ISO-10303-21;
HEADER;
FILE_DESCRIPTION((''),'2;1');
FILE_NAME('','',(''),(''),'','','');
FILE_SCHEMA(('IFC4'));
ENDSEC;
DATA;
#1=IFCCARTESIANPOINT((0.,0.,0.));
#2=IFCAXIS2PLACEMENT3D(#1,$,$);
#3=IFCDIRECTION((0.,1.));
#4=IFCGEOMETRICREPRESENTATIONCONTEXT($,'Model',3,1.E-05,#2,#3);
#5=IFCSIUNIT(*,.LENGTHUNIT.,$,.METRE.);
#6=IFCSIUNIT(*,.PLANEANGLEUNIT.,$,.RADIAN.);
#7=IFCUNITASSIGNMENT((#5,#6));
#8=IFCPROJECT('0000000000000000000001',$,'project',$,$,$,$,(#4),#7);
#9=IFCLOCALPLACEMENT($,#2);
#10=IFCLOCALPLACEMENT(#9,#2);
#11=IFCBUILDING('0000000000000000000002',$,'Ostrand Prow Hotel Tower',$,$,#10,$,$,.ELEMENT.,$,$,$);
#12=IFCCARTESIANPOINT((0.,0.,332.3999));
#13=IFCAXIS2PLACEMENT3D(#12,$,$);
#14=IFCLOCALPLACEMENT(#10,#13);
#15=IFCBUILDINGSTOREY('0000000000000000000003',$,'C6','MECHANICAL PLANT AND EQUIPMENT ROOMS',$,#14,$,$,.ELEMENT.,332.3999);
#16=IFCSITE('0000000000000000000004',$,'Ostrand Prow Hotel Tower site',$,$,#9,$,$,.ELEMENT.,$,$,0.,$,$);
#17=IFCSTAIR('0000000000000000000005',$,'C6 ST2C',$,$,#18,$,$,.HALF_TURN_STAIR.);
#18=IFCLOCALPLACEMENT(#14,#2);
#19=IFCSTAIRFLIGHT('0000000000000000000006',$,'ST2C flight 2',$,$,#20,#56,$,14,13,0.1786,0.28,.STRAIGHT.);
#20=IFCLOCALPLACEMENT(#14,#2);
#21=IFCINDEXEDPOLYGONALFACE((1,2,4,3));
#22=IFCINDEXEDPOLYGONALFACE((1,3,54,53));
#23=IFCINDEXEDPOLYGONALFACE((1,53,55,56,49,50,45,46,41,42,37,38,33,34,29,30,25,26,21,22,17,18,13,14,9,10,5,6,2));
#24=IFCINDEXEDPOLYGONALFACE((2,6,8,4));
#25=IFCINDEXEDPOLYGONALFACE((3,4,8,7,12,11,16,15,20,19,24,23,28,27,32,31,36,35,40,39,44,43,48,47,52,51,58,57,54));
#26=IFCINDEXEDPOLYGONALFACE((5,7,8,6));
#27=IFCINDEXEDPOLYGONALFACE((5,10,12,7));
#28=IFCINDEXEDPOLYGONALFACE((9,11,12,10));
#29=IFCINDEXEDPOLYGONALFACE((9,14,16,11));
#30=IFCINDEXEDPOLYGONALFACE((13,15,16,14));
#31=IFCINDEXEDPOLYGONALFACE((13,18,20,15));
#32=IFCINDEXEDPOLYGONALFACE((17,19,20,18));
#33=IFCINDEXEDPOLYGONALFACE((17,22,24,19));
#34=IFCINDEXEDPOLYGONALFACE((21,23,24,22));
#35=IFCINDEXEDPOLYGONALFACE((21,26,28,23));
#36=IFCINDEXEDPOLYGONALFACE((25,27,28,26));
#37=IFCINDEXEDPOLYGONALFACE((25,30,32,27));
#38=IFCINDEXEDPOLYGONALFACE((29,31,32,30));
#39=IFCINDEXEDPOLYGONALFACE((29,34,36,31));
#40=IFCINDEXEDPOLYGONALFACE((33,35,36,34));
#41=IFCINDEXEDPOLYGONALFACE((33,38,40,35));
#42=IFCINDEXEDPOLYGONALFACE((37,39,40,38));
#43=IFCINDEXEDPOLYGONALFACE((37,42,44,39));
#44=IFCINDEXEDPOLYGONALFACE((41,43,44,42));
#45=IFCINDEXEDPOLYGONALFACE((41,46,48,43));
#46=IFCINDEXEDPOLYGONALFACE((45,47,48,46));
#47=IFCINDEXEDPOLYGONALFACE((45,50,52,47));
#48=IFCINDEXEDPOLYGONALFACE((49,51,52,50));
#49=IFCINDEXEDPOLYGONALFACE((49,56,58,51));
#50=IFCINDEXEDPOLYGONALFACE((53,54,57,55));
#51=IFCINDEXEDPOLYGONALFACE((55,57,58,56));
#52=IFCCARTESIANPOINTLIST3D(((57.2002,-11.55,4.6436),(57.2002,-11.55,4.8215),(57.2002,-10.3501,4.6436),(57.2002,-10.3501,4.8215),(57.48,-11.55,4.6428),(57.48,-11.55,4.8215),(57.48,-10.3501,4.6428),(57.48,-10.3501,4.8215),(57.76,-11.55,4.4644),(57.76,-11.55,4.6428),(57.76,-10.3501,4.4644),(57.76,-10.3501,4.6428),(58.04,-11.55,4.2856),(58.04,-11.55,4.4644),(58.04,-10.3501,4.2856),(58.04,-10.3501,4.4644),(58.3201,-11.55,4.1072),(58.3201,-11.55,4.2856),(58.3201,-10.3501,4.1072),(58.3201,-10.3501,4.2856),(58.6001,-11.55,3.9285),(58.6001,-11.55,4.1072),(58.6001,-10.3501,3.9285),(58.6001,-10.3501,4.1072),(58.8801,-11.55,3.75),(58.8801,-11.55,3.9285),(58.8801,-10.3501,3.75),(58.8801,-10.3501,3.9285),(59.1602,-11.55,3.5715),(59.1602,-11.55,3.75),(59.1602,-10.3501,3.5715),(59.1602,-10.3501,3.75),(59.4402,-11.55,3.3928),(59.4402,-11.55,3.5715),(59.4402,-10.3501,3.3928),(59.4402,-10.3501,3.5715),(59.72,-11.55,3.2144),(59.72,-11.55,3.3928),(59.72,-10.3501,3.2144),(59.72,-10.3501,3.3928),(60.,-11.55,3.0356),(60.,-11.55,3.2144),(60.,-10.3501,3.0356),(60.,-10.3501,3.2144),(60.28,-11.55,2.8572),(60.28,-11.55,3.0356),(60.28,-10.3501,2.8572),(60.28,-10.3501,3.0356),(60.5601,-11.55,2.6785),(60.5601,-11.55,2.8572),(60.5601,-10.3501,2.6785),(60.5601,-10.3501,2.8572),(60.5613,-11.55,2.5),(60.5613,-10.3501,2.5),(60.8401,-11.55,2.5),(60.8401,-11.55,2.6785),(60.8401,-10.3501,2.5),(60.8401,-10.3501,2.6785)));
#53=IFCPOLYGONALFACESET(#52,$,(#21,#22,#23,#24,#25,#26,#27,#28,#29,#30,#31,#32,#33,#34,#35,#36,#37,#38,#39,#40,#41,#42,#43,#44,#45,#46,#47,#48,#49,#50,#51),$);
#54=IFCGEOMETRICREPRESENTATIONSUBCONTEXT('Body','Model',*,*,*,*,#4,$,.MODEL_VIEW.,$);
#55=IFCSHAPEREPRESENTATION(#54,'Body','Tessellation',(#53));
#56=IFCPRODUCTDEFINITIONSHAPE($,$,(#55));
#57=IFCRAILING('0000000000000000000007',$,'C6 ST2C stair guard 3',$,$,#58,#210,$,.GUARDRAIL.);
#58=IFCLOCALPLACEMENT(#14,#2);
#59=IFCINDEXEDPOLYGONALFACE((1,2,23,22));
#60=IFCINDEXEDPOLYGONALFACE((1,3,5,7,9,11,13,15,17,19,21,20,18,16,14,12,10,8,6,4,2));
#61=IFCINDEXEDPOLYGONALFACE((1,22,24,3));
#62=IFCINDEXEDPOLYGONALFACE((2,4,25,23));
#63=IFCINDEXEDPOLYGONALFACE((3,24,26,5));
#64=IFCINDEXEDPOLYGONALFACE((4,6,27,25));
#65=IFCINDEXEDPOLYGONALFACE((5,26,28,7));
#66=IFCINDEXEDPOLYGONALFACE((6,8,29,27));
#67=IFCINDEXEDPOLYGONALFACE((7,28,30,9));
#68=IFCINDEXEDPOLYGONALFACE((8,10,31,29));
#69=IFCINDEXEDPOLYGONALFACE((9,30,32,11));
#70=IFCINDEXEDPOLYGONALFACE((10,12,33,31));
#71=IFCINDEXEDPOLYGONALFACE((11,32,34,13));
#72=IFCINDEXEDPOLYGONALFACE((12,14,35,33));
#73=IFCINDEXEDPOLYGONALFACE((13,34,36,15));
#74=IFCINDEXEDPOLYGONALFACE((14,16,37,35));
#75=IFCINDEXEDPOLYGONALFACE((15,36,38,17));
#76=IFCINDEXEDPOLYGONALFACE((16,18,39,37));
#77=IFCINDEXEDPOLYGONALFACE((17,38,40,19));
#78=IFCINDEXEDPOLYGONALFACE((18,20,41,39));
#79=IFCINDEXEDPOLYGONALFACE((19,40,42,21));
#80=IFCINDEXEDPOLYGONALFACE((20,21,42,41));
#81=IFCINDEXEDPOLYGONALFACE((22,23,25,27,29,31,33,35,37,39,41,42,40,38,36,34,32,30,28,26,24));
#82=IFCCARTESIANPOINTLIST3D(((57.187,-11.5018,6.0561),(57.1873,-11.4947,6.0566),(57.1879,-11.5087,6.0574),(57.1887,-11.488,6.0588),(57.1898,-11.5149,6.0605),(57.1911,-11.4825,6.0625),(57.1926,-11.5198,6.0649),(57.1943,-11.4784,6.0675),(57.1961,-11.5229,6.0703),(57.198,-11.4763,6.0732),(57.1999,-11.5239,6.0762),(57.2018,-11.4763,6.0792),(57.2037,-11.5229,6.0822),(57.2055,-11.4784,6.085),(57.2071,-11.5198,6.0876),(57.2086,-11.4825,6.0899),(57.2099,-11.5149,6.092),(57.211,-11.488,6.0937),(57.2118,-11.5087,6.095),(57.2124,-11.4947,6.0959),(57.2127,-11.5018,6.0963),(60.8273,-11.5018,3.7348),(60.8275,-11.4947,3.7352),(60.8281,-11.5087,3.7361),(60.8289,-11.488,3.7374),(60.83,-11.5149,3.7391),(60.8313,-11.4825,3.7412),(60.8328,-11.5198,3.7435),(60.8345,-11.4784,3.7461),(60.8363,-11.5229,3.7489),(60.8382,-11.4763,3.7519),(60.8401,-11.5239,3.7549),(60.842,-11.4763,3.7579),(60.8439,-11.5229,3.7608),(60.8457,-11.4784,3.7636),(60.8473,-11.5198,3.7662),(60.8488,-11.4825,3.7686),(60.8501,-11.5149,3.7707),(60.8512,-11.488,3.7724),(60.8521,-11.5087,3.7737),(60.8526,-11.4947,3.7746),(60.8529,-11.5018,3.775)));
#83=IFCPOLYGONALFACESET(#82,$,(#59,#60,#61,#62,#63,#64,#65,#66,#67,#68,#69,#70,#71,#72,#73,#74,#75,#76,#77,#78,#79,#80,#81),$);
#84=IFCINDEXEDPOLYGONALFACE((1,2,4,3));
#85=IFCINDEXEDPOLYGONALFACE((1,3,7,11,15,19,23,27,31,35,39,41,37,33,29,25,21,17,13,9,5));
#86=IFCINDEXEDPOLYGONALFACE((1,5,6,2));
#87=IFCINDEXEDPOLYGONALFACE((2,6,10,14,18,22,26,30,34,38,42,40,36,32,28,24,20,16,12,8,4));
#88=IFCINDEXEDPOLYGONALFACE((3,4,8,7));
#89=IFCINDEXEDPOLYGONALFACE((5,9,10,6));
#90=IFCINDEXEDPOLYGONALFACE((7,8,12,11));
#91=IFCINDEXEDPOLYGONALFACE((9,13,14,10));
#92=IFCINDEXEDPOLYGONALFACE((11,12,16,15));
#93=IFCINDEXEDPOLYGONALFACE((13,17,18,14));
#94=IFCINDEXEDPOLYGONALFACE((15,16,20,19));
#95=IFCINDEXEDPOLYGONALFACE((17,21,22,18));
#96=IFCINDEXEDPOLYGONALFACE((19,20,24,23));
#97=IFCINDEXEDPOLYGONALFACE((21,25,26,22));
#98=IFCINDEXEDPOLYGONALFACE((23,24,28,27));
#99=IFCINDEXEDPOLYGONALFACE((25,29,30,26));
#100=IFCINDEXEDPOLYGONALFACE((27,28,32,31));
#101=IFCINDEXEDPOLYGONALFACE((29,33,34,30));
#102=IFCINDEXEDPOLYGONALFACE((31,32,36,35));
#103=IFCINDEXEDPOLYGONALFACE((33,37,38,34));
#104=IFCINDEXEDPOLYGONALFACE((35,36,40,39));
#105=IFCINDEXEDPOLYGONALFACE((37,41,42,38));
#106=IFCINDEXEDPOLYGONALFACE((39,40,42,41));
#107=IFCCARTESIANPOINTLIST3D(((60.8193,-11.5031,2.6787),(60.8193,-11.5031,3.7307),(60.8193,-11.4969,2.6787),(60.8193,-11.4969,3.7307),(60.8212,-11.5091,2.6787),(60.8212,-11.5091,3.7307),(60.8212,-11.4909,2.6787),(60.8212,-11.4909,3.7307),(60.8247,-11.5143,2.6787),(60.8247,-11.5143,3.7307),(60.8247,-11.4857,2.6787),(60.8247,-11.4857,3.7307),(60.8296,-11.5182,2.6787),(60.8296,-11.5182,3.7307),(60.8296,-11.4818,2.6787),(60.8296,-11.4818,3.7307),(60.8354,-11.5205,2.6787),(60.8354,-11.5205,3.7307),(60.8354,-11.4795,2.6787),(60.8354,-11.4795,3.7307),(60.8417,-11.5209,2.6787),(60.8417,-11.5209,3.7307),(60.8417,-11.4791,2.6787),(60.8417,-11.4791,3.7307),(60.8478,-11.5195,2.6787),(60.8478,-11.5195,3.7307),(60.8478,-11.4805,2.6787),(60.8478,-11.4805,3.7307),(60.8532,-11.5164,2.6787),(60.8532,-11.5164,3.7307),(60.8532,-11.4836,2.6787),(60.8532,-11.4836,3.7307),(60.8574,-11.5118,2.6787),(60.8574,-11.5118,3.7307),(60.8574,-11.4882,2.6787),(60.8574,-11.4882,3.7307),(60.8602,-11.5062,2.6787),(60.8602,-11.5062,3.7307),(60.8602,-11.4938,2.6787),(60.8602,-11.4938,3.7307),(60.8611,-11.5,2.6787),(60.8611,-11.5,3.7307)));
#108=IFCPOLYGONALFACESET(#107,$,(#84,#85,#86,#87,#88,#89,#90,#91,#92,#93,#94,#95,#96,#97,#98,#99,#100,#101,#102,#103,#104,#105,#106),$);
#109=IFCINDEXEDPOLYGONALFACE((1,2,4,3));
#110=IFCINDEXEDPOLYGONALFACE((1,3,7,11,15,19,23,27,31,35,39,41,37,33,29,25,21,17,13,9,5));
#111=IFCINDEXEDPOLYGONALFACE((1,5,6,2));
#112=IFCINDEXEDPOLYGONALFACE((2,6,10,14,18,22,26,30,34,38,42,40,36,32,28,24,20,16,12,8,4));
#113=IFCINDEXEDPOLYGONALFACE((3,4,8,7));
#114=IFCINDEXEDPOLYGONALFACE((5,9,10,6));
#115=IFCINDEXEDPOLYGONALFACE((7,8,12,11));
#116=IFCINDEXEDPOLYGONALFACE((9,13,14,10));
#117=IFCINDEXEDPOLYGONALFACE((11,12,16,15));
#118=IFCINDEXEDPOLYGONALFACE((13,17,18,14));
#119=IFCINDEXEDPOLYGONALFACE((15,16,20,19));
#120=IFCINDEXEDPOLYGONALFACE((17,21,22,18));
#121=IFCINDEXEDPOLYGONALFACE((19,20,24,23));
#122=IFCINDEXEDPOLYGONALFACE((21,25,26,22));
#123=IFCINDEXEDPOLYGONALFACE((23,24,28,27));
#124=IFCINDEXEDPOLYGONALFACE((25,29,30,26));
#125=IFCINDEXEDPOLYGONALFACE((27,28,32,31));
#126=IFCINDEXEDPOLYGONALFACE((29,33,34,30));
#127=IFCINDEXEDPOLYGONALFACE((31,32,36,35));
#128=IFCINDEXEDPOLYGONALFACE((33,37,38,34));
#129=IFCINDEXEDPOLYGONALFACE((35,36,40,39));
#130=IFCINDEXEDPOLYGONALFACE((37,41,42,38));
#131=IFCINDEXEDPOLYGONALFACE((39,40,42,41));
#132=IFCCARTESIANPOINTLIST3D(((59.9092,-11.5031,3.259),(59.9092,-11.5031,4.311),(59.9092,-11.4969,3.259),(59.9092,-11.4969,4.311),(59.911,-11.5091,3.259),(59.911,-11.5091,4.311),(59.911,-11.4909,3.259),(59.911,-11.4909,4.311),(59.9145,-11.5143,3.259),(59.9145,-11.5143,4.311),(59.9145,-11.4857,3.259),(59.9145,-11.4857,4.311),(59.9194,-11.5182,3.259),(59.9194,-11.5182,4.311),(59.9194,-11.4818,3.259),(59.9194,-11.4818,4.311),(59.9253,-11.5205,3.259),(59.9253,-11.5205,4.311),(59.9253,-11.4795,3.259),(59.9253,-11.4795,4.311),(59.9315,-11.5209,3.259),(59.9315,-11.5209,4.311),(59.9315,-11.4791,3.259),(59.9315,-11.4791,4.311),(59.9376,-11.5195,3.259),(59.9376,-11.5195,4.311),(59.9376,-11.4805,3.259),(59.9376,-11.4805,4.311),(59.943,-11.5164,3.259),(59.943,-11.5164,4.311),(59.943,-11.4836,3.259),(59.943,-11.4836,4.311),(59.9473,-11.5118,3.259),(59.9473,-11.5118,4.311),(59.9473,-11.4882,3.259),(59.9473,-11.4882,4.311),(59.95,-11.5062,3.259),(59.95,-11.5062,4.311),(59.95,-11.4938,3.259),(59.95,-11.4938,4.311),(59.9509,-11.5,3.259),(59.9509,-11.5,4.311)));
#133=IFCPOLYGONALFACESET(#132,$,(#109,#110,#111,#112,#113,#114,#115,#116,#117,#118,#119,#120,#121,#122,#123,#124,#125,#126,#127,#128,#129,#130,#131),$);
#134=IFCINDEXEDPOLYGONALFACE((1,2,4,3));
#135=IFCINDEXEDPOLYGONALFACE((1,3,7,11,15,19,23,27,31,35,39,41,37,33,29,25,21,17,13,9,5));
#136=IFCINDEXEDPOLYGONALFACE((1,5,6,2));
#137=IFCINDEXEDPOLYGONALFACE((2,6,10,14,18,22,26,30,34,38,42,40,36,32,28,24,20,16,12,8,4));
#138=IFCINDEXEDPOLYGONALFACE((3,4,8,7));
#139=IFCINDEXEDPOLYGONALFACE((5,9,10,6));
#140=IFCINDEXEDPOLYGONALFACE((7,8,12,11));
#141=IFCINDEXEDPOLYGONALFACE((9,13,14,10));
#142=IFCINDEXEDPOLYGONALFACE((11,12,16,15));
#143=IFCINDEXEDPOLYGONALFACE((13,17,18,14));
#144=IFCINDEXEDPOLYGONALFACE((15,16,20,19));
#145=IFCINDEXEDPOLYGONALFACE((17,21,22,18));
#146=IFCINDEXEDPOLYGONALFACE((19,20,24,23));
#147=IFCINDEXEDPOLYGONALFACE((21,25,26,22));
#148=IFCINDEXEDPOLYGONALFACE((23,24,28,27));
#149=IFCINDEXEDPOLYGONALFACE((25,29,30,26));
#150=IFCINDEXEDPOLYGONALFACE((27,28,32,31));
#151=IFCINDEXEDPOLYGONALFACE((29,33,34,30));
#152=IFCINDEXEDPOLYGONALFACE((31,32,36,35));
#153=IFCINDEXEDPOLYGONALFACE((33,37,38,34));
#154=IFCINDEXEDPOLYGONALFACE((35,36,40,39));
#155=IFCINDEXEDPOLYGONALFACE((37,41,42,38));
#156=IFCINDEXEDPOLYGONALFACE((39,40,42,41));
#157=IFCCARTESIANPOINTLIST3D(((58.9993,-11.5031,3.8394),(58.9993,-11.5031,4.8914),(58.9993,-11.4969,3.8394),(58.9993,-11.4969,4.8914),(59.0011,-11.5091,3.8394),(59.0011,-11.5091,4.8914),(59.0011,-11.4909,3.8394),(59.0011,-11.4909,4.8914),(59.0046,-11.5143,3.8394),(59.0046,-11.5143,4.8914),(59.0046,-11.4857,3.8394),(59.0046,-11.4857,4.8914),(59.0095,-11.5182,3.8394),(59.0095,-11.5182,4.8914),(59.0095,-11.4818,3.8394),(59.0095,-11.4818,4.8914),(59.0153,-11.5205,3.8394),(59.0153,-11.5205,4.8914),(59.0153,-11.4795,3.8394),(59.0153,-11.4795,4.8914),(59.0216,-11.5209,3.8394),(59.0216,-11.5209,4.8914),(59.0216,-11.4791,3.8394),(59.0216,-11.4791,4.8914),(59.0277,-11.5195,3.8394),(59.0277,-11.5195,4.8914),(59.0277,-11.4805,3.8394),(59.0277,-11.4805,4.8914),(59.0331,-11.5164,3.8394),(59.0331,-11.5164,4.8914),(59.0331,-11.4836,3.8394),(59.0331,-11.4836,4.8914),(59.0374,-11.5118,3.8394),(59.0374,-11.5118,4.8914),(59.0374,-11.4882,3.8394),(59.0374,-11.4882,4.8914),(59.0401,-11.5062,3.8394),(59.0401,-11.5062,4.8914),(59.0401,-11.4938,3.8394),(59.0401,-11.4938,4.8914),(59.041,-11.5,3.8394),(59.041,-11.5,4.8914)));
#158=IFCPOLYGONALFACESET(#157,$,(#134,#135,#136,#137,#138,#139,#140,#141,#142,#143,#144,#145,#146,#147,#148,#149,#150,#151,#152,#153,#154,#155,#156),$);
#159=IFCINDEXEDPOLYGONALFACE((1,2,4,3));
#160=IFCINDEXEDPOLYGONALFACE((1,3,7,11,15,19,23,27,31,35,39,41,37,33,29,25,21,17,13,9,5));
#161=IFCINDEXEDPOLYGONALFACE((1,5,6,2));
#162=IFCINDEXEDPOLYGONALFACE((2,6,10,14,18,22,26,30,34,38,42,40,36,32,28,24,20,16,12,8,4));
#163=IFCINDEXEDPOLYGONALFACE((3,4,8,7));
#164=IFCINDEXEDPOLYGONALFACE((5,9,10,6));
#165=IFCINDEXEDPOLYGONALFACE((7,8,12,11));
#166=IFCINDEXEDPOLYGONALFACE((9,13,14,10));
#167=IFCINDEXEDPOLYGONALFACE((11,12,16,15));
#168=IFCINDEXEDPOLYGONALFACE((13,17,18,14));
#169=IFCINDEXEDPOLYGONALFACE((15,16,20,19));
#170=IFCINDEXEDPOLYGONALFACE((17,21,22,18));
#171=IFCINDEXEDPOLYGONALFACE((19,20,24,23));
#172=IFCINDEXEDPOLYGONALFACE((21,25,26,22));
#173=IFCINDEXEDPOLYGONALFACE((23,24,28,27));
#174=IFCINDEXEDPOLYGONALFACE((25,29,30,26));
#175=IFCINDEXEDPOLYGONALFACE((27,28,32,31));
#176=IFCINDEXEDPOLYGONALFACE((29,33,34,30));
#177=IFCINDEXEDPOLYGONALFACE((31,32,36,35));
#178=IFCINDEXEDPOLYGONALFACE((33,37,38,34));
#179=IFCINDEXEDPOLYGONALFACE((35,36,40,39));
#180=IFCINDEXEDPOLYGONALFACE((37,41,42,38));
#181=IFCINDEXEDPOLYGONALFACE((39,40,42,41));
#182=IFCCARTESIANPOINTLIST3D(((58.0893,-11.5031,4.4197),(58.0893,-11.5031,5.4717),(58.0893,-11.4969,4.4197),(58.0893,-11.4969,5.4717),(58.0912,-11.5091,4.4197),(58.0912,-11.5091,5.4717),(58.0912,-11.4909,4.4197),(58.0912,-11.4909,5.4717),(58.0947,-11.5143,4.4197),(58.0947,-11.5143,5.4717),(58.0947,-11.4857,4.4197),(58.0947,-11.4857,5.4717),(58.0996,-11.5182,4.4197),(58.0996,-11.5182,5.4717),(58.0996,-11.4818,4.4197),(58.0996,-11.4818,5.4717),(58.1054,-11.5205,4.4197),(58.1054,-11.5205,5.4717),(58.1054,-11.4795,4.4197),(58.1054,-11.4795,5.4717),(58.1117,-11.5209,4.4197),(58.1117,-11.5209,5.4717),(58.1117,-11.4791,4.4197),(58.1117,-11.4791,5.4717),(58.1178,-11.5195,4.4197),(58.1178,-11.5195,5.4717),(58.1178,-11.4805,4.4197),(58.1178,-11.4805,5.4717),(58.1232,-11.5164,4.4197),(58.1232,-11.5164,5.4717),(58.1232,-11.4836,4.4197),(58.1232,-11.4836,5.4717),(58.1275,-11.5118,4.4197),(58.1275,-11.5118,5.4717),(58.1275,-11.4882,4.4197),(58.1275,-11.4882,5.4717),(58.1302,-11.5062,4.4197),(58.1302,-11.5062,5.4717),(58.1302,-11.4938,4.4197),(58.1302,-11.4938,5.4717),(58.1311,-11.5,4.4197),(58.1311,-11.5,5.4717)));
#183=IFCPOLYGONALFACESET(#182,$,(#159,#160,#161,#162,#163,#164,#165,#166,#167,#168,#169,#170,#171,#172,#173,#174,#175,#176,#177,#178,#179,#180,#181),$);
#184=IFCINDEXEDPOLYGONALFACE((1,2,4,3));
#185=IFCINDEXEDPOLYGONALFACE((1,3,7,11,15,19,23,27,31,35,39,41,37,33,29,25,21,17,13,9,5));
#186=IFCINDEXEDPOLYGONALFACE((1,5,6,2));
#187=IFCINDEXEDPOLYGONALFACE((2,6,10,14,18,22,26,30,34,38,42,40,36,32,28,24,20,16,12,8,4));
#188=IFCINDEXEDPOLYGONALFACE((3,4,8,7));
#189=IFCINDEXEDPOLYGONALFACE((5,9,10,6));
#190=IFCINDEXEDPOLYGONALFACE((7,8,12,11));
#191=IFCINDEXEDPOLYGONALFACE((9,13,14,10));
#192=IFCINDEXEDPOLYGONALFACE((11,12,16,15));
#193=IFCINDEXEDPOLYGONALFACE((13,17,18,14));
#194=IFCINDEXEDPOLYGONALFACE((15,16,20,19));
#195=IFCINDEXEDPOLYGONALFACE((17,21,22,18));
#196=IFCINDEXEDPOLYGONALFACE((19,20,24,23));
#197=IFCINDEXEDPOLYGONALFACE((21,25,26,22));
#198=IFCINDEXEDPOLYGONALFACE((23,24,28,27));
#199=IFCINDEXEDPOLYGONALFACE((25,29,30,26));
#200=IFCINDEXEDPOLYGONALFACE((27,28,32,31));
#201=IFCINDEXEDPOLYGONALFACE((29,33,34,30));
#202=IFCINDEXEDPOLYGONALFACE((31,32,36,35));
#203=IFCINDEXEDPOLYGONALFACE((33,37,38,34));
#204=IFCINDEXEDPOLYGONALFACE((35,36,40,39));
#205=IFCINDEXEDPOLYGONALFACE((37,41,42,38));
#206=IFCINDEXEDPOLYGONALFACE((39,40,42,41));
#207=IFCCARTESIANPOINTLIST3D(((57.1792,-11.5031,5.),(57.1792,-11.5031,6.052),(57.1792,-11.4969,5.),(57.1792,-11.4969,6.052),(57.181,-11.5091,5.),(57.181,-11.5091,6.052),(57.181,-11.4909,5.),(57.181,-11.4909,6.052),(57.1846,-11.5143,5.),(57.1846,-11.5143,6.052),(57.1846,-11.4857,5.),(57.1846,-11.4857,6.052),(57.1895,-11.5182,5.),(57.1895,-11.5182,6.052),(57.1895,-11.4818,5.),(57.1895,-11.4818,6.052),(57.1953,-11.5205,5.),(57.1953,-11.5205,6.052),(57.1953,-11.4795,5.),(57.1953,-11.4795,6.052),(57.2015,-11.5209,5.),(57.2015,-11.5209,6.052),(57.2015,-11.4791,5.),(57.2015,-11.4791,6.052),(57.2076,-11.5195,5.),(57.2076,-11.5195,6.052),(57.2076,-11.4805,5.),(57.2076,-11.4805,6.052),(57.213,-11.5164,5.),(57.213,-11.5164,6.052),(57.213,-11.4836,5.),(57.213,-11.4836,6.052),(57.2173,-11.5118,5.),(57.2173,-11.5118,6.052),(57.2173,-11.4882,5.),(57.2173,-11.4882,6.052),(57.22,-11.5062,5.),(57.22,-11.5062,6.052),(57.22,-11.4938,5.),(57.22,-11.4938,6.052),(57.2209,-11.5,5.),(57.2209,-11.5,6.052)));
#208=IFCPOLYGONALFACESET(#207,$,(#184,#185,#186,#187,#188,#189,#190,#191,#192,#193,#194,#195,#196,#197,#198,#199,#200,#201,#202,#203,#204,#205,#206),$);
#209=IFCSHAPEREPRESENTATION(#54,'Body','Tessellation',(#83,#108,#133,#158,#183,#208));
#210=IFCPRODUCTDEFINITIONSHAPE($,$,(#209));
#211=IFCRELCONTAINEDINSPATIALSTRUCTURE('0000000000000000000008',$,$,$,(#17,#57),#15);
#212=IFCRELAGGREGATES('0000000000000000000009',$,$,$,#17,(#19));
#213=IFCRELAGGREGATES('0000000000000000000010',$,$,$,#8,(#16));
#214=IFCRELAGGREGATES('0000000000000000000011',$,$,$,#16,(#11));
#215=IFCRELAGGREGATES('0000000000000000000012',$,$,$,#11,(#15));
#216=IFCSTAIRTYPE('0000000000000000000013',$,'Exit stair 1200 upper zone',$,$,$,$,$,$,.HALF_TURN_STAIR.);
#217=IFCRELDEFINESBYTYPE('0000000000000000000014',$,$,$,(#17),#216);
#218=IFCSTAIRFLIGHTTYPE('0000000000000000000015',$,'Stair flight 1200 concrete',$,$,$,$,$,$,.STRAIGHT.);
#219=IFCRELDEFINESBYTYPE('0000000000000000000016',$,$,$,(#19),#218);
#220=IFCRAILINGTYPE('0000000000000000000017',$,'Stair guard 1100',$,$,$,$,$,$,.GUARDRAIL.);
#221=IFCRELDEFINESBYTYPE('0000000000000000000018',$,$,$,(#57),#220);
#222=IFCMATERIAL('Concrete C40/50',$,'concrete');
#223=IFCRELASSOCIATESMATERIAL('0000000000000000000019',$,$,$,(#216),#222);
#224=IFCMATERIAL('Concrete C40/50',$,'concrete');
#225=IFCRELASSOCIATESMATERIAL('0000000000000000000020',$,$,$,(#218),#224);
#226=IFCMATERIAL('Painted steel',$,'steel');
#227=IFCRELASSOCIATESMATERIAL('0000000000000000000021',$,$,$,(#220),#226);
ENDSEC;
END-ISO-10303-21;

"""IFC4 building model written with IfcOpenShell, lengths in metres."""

from ifc_helpers import new_model, si_unit, direction, frame, origin, origin_2d, place, context, subcontext, project, spatial, polyline, circle, outline, extrude, material, type_object, element, aggregate, save


model = new_model("IFC4")

# Units and contexts
model_context = context("Model", 3, precision=1e-05, world=origin(), true_north=direction((0.0, 1.0)))
body_context = subcontext(model_context, "Body", "Model", "MODEL_VIEW")
ifc_project = project(units=[si_unit("LENGTHUNIT", "METRE"), si_unit("PLANEANGLEUNIT", "RADIAN")], contexts=[model_context])

# Site, building, storey
site_placement = place(None, origin())
site = spatial("IfcSite", under=ifc_project, at=site_placement, Name="Ostrand Prow Hotel Tower site", CompositionType="ELEMENT", RefElevation=0.0)
building_placement = place(site_placement, origin())
building = spatial("IfcBuilding", under=site, at=building_placement, Name="Ostrand Prow Hotel Tower", CompositionType="ELEMENT")
storey_placement = place(building_placement, frame((0.0, 0.0, 332.3999)))
storey = spatial("IfcBuildingStorey", under=building, at=storey_placement, Name="C6", Description="MECHANICAL PLANT AND EQUIPMENT ROOMS", CompositionType="ELEMENT", Elevation=332.3999)

# Stair, stair flight
ifc_material_1 = material(Name="Concrete C40/50", Category="concrete")
stair_type = type_object("IfcStairType", Name="Exit stair 1200 upper zone", PredefinedType="HALF_TURN_STAIR", material=ifc_material_1)
stair_placement = place(storey_placement, origin())
stair = element("IfcStair", 1, at=stair_placement, inside=storey, type_object=stair_type, Name="C6 ST2C", PredefinedType="HALF_TURN_STAIR")
ifc_material_2 = material(Name="Concrete C40/50", Category="concrete")
stair_flight_type = type_object("IfcStairFlightType", Name="Stair flight 1200 concrete", PredefinedType="STRAIGHT", material=ifc_material_2)
stair_flight_placement = place(storey_placement, frame((60.8401, -10.95, 2.5), z_axis=(0.0, 0.0, 1.0), x_axis=(-1.0, 0.0, 0.0)))
stair_flight = element("IfcStairFlight", 2, at=stair_flight_placement, type_object=stair_flight_type, Name="ST2C flight 2", NumberOfRisers=14, NumberOfTreads=13, PredefinedType="STRAIGHT", RiserHeight=0.1786, TreadLength=0.28, context=body_context, shape_type="SweptSolid", body=[
    extrude(outline(polyline([(0.0, 0.0), (0.0, 0.1785), (0.28, 0.1785), (0.28, 0.3572), (0.5601, 0.3572), (0.5601, 0.5356), (0.8401, 0.5356), (0.8401, 0.7144), (1.1201, 0.7144), (1.1201, 0.8928), (1.3999, 0.8928), (1.3999, 1.0715), (1.6799, 1.0715), (1.6799, 1.25), (1.96, 1.25), (1.96, 1.4285), (2.24, 1.4285), (2.24, 1.6072), (2.52, 1.6072), (2.52, 1.7856), (2.8, 1.7856), (2.8, 1.9644), (3.0801, 1.9644), (3.0801, 2.1428), (3.3601, 2.1428), (3.3601, 2.3215), (3.6399, 2.3215), (3.6399, 2.5), (3.6399, 2.1436), (0.2788, 0.0), (0.0, 0.0)])), frame((0.0, 0.6001, 0.0), z_axis=(0.0, -1.0, 0.0), x_axis=(1.0, 0.0, 0.0)), (0.0, 0.0, 1.0), 1.2),
])
aggregate(stair, [stair_flight])

# Railing
ifc_material_3 = material(Name="Painted steel", Category="steel")
railing_type_1 = type_object("IfcRailingType", Name="Stair guard 1100", PredefinedType="GUARDRAIL", material=ifc_material_3)
railing_1_placement = place(storey_placement, frame((60.8401, -11.5, 2.6787)))
element("IfcRailing", 3, at=railing_1_placement, inside=storey, type_object=railing_type_1, Name="C6 ST2C stair guard 3", PredefinedType="GUARDRAIL", context=body_context, shape_type="SweptSolid", body=[
    extrude(circle(Radius=0.0239, at=origin_2d()), frame((0.0, 0.0, 1.0762), z_axis=(-0.843153, 0.0, 0.537673), x_axis=(0.0, -1.0, 0.0)), (0.0, 0.0, 1.0), 4.3174),
    extrude(circle(Radius=0.021, at=origin_2d()), origin(), (0.0, 0.0, 1.0), 1.052),
    extrude(circle(Radius=0.021, at=origin_2d()), frame((-0.9102, 0.0, 0.5803)), (0.0, 0.0, 1.0), 1.052),
    extrude(circle(Radius=0.021, at=origin_2d()), frame((-1.8201, 0.0, 1.1606)), (0.0, 0.0, 1.0), 1.052),
    extrude(circle(Radius=0.021, at=origin_2d()), frame((-2.73, 0.0, 1.741)), (0.0, 0.0, 1.0), 1.052),
    extrude(circle(Radius=0.021, at=origin_2d()), frame((-3.6401, 0.0, 2.3213)), (0.0, 0.0, 1.0), 1.052),
])

save(model, "model.ifc")
